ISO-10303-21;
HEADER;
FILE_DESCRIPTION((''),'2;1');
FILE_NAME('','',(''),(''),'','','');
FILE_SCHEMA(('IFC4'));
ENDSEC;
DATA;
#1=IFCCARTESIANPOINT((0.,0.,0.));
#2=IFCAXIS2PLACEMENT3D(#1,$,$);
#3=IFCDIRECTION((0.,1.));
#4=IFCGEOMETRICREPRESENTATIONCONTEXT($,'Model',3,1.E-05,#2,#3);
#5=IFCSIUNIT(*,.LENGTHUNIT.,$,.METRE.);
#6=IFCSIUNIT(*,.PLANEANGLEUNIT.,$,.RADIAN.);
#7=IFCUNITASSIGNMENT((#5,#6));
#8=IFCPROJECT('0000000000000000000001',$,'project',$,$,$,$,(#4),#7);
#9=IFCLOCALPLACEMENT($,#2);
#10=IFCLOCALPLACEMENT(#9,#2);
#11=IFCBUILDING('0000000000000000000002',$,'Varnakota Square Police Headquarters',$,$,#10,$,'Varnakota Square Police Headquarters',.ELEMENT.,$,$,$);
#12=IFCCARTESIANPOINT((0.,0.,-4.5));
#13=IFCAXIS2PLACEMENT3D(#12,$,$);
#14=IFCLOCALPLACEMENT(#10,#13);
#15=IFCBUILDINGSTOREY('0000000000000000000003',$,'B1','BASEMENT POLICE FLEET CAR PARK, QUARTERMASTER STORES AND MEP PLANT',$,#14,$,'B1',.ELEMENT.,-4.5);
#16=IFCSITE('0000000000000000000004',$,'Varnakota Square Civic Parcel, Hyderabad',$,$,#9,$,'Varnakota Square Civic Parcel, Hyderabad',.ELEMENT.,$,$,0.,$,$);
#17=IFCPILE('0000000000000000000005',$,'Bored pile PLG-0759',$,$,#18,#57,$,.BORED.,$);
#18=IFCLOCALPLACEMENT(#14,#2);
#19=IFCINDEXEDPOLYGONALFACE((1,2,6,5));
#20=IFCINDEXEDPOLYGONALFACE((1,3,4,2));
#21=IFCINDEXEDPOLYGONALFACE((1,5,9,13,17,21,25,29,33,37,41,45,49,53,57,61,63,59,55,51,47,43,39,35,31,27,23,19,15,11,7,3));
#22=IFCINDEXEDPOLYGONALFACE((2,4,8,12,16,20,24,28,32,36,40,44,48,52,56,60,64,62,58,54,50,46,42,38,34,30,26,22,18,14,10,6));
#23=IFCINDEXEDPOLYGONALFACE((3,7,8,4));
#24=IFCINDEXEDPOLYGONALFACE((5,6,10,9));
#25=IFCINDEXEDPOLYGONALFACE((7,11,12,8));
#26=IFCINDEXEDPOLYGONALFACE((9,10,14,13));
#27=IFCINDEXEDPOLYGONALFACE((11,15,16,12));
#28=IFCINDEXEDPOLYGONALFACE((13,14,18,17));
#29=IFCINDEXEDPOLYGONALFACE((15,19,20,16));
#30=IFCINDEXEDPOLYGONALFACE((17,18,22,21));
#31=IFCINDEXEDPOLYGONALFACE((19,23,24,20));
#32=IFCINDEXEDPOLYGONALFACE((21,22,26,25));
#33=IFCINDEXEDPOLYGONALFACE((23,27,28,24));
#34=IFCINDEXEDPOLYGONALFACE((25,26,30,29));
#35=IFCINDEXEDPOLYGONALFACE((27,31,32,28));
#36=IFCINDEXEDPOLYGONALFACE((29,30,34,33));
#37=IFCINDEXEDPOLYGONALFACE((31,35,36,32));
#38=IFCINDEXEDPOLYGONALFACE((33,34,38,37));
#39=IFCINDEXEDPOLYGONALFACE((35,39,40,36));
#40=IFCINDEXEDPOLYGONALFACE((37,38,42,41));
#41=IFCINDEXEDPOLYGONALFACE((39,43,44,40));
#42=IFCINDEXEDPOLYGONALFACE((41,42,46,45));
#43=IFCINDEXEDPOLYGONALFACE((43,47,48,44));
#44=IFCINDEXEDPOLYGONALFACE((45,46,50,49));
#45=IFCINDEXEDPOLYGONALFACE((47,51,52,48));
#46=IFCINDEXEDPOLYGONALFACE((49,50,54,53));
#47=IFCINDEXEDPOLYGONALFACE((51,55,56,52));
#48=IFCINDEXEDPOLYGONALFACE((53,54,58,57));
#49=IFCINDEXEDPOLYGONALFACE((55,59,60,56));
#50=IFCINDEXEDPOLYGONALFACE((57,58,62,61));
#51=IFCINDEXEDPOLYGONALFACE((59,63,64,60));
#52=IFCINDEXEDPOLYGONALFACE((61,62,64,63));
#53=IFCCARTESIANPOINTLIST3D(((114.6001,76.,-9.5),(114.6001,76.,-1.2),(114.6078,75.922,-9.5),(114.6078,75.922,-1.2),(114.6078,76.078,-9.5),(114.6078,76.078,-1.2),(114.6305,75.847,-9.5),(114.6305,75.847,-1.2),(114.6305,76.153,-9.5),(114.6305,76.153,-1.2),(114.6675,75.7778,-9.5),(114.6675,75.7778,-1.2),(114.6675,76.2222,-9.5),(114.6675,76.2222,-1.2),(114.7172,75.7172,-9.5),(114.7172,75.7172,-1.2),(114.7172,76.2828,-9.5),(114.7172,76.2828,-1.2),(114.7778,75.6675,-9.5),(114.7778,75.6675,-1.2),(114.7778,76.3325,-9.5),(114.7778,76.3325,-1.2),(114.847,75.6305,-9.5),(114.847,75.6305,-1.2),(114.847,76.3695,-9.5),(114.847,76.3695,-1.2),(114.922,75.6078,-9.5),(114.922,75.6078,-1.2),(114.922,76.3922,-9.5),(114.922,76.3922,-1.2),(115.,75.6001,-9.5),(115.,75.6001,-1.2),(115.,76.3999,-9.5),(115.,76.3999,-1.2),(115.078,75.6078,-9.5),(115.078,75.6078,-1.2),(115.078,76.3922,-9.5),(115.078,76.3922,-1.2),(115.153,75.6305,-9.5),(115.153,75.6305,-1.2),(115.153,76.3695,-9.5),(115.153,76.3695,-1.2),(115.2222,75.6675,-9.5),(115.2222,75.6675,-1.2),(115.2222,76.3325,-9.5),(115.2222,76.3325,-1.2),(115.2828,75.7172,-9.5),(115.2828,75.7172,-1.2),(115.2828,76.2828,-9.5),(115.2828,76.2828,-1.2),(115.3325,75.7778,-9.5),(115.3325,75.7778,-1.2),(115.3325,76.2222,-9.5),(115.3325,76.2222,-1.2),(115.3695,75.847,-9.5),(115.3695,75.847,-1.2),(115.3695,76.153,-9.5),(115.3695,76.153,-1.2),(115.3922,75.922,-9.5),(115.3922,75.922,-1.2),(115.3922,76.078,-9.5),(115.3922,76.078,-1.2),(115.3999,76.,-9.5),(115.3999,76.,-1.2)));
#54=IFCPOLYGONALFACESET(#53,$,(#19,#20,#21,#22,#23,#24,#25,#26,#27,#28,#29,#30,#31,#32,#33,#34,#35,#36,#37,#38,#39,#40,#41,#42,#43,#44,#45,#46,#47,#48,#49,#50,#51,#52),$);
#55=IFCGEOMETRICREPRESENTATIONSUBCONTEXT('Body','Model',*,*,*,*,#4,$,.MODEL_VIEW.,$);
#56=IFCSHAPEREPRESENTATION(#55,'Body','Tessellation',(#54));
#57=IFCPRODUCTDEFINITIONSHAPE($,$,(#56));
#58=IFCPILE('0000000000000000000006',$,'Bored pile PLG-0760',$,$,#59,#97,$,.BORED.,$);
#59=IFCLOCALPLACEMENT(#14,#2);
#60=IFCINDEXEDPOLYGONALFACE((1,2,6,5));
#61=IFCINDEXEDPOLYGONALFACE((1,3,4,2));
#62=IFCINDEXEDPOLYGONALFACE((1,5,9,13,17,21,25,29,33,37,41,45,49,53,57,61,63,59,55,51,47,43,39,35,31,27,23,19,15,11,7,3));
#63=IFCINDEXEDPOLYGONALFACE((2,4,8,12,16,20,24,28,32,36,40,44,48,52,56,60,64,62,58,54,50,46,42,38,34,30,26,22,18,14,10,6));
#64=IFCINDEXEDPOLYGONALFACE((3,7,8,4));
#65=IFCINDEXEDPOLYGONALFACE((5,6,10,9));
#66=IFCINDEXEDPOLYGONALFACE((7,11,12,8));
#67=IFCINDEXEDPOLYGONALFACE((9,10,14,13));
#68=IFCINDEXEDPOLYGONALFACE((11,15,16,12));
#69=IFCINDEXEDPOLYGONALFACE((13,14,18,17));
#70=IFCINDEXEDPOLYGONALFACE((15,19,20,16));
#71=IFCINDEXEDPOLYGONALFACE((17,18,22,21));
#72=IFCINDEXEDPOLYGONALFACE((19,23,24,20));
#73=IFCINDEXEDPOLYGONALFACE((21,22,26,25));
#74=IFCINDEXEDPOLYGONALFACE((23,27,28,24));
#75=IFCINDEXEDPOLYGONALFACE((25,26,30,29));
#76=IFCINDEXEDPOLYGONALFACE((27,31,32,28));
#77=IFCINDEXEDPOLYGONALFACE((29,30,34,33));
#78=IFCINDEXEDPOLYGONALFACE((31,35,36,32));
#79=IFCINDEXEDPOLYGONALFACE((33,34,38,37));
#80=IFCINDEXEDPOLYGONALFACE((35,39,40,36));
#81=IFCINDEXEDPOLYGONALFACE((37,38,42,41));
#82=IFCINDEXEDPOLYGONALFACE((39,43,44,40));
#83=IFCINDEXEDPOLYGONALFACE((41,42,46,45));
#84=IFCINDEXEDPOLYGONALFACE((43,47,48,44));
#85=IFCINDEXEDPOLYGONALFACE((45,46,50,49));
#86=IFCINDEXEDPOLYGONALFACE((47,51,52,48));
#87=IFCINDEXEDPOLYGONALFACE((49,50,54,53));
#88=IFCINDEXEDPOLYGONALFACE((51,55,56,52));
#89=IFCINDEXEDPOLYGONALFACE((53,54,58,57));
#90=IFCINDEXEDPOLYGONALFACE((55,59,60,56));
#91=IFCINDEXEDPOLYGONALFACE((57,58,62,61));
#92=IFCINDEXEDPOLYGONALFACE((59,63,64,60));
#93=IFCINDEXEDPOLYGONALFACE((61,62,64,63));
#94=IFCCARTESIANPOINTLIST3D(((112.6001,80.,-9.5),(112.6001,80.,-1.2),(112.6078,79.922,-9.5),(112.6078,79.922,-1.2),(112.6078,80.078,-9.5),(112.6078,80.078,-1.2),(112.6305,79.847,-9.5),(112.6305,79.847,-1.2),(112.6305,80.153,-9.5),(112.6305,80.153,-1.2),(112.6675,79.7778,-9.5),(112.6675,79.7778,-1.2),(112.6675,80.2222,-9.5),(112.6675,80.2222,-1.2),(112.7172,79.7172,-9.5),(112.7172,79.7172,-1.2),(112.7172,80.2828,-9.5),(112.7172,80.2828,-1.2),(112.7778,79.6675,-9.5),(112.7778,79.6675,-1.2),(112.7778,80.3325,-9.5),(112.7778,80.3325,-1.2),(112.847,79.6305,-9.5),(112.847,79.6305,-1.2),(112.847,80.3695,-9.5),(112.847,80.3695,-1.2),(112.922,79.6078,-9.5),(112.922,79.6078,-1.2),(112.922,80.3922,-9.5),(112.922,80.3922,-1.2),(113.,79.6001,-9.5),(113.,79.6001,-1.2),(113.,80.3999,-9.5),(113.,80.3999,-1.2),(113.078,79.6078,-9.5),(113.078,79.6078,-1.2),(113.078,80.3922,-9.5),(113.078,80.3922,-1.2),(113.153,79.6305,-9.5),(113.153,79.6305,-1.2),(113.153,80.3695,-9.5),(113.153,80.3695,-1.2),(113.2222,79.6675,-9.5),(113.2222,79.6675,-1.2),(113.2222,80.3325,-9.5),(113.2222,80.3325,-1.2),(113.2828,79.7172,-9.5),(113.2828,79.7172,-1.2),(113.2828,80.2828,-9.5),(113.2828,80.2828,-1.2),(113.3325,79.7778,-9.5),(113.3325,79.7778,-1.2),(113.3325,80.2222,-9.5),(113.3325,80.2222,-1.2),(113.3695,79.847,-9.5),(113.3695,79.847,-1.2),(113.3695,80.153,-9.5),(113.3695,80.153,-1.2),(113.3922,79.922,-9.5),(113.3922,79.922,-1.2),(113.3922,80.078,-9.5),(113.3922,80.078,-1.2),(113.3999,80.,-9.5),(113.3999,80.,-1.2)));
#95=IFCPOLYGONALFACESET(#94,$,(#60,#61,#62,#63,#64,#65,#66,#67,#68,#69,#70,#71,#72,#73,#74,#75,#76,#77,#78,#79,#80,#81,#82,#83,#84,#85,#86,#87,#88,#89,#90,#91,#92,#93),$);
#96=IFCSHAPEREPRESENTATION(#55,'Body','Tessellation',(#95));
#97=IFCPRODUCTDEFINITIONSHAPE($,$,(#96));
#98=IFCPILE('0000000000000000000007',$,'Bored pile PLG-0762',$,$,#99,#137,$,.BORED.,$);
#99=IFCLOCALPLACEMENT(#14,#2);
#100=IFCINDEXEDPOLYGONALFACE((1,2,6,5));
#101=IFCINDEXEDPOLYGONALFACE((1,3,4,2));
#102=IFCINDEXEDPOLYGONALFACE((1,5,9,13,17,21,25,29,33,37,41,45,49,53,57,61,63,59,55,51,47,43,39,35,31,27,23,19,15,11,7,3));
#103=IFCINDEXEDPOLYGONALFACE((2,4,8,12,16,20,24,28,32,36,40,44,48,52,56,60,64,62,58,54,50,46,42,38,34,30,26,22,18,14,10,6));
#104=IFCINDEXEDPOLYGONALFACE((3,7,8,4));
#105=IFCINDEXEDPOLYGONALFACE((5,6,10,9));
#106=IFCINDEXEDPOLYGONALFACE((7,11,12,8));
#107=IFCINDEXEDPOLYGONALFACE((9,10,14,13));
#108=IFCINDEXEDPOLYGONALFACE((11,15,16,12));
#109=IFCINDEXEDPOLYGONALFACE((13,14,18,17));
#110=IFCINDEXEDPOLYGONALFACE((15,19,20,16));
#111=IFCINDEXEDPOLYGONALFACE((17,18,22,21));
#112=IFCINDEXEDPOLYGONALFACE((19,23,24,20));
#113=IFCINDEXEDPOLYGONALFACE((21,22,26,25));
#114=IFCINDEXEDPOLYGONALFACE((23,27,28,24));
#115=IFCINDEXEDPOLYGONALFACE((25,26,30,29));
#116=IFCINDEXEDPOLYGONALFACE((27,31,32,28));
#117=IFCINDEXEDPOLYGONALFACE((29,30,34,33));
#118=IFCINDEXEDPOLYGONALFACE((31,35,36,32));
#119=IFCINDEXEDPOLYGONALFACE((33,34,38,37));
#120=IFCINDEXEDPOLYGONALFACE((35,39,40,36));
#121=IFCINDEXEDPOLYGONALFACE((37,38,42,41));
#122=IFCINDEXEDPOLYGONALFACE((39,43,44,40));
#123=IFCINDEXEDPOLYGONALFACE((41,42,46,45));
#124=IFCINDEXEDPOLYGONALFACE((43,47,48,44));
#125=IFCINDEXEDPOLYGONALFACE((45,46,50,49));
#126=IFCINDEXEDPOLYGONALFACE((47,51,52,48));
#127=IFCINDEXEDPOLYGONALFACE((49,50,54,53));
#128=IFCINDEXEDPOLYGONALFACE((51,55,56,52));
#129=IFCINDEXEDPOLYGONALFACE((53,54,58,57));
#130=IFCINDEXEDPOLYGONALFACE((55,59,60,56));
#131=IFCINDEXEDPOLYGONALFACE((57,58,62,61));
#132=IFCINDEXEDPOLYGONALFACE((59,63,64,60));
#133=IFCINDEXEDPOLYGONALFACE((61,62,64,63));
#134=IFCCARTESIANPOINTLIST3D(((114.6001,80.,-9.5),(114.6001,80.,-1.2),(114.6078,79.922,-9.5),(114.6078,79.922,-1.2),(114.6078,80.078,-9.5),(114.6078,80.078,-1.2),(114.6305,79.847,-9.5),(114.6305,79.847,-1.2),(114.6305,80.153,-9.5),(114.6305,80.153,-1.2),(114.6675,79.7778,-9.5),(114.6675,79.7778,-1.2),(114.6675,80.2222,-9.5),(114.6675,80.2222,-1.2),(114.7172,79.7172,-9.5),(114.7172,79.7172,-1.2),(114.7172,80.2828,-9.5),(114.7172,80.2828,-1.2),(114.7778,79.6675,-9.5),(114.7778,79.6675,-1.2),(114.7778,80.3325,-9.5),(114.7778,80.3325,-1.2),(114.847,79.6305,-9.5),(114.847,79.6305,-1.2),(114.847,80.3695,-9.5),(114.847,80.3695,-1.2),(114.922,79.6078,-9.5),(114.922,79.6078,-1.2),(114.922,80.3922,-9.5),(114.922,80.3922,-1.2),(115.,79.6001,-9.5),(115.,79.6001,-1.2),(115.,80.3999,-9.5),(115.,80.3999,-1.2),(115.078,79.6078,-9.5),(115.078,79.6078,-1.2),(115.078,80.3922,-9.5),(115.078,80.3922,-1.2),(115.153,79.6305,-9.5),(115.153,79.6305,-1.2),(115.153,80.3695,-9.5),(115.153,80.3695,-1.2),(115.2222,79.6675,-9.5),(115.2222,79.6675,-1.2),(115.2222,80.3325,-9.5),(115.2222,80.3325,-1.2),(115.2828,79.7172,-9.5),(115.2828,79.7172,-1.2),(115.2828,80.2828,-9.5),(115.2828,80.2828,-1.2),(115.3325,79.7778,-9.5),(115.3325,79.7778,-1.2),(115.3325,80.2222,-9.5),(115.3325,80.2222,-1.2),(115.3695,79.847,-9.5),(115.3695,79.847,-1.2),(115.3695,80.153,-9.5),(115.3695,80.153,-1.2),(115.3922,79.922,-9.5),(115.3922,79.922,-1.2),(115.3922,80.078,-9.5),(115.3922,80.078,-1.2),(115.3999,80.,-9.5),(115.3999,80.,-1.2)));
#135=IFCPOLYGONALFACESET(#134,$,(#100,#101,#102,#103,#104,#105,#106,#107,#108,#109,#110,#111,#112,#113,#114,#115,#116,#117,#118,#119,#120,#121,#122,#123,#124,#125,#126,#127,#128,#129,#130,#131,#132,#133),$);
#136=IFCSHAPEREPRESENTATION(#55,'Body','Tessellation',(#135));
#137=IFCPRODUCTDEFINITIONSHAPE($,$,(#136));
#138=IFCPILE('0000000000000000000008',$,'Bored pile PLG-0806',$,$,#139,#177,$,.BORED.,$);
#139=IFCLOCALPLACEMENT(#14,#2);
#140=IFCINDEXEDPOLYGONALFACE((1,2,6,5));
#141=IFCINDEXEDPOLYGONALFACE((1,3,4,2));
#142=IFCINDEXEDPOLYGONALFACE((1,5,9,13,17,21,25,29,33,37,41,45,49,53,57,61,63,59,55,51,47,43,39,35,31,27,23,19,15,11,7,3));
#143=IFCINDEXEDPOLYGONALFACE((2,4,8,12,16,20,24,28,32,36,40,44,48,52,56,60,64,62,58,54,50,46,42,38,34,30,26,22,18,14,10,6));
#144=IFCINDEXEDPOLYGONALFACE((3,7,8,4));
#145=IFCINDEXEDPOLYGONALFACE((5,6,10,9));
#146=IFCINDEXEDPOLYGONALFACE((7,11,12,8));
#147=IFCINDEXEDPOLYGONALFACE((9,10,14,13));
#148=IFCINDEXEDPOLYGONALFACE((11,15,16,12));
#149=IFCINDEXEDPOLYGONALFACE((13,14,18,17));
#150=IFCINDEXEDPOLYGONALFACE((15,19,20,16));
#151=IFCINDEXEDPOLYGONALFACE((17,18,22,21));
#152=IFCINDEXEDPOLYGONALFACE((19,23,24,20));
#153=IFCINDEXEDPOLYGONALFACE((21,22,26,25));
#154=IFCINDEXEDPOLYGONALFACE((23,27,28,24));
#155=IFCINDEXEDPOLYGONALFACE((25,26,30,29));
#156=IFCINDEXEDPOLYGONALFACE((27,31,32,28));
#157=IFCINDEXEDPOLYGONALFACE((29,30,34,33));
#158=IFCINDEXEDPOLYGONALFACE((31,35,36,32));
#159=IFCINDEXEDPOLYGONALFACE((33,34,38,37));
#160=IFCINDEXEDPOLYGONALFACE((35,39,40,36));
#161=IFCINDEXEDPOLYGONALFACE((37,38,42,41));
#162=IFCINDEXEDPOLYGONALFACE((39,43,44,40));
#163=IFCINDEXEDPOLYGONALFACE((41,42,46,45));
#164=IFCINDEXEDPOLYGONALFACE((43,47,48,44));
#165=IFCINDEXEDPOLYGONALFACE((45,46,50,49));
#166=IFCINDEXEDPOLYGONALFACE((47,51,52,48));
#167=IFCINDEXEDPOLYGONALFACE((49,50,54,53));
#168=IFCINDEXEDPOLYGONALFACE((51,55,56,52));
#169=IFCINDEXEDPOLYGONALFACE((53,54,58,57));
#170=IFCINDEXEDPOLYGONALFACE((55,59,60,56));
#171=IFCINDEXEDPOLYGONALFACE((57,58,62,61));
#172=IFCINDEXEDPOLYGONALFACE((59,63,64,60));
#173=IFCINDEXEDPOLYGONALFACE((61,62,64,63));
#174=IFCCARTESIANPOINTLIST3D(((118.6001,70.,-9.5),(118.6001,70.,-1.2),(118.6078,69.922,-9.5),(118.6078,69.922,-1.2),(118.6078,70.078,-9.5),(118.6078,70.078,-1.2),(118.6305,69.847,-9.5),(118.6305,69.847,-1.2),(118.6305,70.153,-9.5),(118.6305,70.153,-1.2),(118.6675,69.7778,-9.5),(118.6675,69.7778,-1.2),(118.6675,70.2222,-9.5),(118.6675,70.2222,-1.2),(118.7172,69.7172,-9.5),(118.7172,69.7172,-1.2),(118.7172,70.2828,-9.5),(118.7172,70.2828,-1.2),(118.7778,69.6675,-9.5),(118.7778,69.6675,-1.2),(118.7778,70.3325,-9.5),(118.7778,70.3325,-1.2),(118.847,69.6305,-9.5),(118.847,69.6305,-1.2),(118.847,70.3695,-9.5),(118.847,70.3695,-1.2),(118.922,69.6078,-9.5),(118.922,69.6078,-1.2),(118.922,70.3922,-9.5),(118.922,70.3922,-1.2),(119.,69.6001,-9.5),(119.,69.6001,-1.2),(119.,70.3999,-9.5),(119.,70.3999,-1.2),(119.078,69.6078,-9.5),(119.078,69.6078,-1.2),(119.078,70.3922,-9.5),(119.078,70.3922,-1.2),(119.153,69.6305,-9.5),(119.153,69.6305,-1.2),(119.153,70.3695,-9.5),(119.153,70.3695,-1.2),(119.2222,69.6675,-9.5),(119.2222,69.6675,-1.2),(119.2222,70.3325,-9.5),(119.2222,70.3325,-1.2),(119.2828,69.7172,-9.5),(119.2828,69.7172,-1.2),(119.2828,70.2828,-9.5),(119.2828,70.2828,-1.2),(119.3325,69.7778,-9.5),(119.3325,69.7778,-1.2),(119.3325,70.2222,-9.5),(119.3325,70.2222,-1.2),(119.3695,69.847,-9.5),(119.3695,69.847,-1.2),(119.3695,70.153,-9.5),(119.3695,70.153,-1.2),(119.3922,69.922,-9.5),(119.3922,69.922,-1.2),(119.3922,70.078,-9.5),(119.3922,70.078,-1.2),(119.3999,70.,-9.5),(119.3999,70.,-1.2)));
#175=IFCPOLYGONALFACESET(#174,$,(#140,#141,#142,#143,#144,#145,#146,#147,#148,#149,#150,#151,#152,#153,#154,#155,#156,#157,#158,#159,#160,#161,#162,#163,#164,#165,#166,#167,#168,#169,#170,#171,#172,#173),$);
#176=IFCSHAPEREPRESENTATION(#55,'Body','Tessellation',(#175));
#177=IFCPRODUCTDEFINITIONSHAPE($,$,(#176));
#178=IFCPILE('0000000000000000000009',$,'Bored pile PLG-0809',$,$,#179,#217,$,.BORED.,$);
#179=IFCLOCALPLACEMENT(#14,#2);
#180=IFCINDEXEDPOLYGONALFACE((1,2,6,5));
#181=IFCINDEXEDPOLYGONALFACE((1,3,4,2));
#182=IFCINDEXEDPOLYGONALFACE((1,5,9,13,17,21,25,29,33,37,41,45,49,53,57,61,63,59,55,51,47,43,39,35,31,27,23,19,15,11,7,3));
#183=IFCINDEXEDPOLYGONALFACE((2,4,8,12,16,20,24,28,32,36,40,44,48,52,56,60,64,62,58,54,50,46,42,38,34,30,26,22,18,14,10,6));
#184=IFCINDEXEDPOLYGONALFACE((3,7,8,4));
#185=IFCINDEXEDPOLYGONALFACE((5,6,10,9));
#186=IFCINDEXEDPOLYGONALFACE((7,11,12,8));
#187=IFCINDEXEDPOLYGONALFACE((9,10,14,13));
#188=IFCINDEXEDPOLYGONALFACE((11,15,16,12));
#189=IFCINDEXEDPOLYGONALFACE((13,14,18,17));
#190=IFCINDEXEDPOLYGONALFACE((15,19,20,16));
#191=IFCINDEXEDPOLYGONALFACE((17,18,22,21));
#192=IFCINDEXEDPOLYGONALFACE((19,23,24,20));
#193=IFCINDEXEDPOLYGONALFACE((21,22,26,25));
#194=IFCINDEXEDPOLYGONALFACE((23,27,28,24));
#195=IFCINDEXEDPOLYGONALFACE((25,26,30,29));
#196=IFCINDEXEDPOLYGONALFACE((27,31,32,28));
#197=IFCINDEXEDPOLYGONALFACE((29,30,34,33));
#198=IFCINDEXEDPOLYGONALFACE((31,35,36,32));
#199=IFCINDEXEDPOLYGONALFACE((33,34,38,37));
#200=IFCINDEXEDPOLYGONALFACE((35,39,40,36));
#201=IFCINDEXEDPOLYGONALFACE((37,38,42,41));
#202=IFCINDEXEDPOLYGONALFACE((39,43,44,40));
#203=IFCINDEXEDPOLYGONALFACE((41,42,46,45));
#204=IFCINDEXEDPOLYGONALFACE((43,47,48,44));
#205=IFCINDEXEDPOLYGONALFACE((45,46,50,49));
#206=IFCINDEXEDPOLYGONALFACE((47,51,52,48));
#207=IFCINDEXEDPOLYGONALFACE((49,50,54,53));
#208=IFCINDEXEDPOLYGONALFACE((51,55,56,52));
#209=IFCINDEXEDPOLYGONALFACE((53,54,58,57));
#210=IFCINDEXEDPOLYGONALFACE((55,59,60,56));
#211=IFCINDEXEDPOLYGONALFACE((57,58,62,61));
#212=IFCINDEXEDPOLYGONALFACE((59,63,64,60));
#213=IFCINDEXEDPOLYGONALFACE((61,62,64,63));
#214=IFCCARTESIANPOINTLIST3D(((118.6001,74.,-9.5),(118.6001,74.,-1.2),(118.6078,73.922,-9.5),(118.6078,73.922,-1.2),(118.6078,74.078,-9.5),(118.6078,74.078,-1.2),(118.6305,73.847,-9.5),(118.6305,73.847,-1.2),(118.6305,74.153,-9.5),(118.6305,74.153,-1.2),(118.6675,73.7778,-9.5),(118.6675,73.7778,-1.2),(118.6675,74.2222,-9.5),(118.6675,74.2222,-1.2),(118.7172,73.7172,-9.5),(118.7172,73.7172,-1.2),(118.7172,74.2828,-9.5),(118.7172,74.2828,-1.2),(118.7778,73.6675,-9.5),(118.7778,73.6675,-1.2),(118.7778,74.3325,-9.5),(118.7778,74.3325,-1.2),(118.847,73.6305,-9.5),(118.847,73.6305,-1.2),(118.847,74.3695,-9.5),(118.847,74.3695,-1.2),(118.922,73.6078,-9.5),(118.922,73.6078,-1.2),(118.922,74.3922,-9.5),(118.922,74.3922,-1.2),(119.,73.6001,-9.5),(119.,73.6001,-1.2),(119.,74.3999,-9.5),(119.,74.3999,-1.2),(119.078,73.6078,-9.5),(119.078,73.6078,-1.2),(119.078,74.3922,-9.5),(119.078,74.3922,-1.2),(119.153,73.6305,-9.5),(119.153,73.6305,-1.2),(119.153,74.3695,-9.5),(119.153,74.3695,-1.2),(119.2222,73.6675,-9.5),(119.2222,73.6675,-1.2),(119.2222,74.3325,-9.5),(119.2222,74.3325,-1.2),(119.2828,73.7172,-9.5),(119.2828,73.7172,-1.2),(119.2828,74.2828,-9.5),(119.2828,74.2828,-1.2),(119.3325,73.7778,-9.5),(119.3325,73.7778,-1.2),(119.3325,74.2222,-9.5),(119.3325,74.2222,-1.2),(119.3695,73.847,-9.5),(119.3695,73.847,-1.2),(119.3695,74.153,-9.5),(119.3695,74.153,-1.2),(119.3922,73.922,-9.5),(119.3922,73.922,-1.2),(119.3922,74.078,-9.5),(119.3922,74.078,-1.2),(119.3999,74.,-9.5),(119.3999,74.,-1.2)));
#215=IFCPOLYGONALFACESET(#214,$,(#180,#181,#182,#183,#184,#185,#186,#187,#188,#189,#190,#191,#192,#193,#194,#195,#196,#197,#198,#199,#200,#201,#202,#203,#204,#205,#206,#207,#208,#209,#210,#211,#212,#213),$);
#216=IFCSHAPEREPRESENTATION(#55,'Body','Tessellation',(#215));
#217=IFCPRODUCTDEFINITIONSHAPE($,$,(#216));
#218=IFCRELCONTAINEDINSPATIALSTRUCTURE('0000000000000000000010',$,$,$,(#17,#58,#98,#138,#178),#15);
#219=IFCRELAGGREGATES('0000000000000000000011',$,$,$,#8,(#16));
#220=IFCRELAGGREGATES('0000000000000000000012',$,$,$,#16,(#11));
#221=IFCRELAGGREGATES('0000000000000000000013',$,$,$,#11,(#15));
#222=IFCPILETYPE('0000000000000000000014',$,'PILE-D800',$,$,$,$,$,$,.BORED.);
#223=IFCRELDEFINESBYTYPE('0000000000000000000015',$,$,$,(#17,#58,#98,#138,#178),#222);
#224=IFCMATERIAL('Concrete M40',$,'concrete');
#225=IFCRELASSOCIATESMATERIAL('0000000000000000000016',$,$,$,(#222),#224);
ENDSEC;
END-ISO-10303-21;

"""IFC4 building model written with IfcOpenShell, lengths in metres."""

from ifc_helpers import new_model, si_unit, direction, frame, origin, origin_2d, place, context, subcontext, project, spatial, circle, extrude, material, material_profile, profile_set, type_object, element, save


model = new_model("IFC4")

# Units and contexts
model_context = context("Model", 3, precision=1e-05, world=origin(), true_north=direction((0.0, 1.0)))
body_context = subcontext(model_context, "Body", "Model", "MODEL_VIEW")
ifc_project = project(units=[si_unit("LENGTHUNIT", "METRE"), si_unit("PLANEANGLEUNIT", "RADIAN")], contexts=[model_context])

# Site, building, storey
site_placement = place(None, origin())
site = spatial("IfcSite", under=ifc_project, at=site_placement, Name="Varnakota Square Civic Parcel, Hyderabad", LongName="Varnakota Square Civic Parcel, Hyderabad", CompositionType="ELEMENT", RefElevation=0.0)
building_placement = place(site_placement, origin())
building = spatial("IfcBuilding", under=site, at=building_placement, Name="Varnakota Square Police Headquarters", LongName="Varnakota Square Police Headquarters", CompositionType="ELEMENT")
storey_placement = place(building_placement, frame((0.0, 0.0, -4.5)))
storey = spatial("IfcBuildingStorey", under=building, at=storey_placement, Name="B1", Description="BASEMENT POLICE FLEET CAR PARK, QUARTERMASTER STORES AND MEP PLANT", LongName="B1", CompositionType="ELEMENT", Elevation=-4.5)

# Shared definitions
ifc_material_1 = material(Name="Concrete M40", Category="concrete")

# Piles
ifc_material_profile_1 = material_profile(ifc_material_1, circle(Radius=0.3999, at=origin_2d()), Name="BORED PILE 800")
ifc_profile_set_1 = profile_set([ifc_material_profile_1], Name="Concrete M40")
pile_type = type_object("IfcPileType", Name="PILE-D800", PredefinedType="BORED", material=ifc_profile_set_1)
for number, where, z_axis, x_axis, name in (
    (1, (115.0, 76.0, -1.2), (0.0, 0.0, -1.0), (1.0, 0.0, 0.0), "Bored pile PLG-0759"),
    (2, (113.0, 80.0, -1.2), (0.0, 0.0, -1.0), (1.0, 0.0, 0.0), "Bored pile PLG-0760"),
    (3, (115.0, 80.0, -1.2), (0.0, 0.0, -1.0), (1.0, 0.0, 0.0), "Bored pile PLG-0762"),
    (4, (119.0, 70.0, -1.2), (0.0, 0.0, -1.0), (1.0, 0.0, 0.0), "Bored pile PLG-0806"),
    (5, (119.0, 74.0, -1.2), (0.0, 0.0, -1.0), (1.0, 0.0, 0.0), "Bored pile PLG-0809"),
):
    element("IfcPile", number, at=place(storey_placement, frame(where, z_axis=z_axis, x_axis=x_axis)), inside=storey, type_object=pile_type, Name=name, PredefinedType="BORED", context=body_context, shape_type="SweptSolid", body=[
        extrude(circle(Radius=0.3999, at=origin_2d()), origin(), (0.0, 0.0, 1.0), 8.3),
    ])

save(model, "model.ifc")
